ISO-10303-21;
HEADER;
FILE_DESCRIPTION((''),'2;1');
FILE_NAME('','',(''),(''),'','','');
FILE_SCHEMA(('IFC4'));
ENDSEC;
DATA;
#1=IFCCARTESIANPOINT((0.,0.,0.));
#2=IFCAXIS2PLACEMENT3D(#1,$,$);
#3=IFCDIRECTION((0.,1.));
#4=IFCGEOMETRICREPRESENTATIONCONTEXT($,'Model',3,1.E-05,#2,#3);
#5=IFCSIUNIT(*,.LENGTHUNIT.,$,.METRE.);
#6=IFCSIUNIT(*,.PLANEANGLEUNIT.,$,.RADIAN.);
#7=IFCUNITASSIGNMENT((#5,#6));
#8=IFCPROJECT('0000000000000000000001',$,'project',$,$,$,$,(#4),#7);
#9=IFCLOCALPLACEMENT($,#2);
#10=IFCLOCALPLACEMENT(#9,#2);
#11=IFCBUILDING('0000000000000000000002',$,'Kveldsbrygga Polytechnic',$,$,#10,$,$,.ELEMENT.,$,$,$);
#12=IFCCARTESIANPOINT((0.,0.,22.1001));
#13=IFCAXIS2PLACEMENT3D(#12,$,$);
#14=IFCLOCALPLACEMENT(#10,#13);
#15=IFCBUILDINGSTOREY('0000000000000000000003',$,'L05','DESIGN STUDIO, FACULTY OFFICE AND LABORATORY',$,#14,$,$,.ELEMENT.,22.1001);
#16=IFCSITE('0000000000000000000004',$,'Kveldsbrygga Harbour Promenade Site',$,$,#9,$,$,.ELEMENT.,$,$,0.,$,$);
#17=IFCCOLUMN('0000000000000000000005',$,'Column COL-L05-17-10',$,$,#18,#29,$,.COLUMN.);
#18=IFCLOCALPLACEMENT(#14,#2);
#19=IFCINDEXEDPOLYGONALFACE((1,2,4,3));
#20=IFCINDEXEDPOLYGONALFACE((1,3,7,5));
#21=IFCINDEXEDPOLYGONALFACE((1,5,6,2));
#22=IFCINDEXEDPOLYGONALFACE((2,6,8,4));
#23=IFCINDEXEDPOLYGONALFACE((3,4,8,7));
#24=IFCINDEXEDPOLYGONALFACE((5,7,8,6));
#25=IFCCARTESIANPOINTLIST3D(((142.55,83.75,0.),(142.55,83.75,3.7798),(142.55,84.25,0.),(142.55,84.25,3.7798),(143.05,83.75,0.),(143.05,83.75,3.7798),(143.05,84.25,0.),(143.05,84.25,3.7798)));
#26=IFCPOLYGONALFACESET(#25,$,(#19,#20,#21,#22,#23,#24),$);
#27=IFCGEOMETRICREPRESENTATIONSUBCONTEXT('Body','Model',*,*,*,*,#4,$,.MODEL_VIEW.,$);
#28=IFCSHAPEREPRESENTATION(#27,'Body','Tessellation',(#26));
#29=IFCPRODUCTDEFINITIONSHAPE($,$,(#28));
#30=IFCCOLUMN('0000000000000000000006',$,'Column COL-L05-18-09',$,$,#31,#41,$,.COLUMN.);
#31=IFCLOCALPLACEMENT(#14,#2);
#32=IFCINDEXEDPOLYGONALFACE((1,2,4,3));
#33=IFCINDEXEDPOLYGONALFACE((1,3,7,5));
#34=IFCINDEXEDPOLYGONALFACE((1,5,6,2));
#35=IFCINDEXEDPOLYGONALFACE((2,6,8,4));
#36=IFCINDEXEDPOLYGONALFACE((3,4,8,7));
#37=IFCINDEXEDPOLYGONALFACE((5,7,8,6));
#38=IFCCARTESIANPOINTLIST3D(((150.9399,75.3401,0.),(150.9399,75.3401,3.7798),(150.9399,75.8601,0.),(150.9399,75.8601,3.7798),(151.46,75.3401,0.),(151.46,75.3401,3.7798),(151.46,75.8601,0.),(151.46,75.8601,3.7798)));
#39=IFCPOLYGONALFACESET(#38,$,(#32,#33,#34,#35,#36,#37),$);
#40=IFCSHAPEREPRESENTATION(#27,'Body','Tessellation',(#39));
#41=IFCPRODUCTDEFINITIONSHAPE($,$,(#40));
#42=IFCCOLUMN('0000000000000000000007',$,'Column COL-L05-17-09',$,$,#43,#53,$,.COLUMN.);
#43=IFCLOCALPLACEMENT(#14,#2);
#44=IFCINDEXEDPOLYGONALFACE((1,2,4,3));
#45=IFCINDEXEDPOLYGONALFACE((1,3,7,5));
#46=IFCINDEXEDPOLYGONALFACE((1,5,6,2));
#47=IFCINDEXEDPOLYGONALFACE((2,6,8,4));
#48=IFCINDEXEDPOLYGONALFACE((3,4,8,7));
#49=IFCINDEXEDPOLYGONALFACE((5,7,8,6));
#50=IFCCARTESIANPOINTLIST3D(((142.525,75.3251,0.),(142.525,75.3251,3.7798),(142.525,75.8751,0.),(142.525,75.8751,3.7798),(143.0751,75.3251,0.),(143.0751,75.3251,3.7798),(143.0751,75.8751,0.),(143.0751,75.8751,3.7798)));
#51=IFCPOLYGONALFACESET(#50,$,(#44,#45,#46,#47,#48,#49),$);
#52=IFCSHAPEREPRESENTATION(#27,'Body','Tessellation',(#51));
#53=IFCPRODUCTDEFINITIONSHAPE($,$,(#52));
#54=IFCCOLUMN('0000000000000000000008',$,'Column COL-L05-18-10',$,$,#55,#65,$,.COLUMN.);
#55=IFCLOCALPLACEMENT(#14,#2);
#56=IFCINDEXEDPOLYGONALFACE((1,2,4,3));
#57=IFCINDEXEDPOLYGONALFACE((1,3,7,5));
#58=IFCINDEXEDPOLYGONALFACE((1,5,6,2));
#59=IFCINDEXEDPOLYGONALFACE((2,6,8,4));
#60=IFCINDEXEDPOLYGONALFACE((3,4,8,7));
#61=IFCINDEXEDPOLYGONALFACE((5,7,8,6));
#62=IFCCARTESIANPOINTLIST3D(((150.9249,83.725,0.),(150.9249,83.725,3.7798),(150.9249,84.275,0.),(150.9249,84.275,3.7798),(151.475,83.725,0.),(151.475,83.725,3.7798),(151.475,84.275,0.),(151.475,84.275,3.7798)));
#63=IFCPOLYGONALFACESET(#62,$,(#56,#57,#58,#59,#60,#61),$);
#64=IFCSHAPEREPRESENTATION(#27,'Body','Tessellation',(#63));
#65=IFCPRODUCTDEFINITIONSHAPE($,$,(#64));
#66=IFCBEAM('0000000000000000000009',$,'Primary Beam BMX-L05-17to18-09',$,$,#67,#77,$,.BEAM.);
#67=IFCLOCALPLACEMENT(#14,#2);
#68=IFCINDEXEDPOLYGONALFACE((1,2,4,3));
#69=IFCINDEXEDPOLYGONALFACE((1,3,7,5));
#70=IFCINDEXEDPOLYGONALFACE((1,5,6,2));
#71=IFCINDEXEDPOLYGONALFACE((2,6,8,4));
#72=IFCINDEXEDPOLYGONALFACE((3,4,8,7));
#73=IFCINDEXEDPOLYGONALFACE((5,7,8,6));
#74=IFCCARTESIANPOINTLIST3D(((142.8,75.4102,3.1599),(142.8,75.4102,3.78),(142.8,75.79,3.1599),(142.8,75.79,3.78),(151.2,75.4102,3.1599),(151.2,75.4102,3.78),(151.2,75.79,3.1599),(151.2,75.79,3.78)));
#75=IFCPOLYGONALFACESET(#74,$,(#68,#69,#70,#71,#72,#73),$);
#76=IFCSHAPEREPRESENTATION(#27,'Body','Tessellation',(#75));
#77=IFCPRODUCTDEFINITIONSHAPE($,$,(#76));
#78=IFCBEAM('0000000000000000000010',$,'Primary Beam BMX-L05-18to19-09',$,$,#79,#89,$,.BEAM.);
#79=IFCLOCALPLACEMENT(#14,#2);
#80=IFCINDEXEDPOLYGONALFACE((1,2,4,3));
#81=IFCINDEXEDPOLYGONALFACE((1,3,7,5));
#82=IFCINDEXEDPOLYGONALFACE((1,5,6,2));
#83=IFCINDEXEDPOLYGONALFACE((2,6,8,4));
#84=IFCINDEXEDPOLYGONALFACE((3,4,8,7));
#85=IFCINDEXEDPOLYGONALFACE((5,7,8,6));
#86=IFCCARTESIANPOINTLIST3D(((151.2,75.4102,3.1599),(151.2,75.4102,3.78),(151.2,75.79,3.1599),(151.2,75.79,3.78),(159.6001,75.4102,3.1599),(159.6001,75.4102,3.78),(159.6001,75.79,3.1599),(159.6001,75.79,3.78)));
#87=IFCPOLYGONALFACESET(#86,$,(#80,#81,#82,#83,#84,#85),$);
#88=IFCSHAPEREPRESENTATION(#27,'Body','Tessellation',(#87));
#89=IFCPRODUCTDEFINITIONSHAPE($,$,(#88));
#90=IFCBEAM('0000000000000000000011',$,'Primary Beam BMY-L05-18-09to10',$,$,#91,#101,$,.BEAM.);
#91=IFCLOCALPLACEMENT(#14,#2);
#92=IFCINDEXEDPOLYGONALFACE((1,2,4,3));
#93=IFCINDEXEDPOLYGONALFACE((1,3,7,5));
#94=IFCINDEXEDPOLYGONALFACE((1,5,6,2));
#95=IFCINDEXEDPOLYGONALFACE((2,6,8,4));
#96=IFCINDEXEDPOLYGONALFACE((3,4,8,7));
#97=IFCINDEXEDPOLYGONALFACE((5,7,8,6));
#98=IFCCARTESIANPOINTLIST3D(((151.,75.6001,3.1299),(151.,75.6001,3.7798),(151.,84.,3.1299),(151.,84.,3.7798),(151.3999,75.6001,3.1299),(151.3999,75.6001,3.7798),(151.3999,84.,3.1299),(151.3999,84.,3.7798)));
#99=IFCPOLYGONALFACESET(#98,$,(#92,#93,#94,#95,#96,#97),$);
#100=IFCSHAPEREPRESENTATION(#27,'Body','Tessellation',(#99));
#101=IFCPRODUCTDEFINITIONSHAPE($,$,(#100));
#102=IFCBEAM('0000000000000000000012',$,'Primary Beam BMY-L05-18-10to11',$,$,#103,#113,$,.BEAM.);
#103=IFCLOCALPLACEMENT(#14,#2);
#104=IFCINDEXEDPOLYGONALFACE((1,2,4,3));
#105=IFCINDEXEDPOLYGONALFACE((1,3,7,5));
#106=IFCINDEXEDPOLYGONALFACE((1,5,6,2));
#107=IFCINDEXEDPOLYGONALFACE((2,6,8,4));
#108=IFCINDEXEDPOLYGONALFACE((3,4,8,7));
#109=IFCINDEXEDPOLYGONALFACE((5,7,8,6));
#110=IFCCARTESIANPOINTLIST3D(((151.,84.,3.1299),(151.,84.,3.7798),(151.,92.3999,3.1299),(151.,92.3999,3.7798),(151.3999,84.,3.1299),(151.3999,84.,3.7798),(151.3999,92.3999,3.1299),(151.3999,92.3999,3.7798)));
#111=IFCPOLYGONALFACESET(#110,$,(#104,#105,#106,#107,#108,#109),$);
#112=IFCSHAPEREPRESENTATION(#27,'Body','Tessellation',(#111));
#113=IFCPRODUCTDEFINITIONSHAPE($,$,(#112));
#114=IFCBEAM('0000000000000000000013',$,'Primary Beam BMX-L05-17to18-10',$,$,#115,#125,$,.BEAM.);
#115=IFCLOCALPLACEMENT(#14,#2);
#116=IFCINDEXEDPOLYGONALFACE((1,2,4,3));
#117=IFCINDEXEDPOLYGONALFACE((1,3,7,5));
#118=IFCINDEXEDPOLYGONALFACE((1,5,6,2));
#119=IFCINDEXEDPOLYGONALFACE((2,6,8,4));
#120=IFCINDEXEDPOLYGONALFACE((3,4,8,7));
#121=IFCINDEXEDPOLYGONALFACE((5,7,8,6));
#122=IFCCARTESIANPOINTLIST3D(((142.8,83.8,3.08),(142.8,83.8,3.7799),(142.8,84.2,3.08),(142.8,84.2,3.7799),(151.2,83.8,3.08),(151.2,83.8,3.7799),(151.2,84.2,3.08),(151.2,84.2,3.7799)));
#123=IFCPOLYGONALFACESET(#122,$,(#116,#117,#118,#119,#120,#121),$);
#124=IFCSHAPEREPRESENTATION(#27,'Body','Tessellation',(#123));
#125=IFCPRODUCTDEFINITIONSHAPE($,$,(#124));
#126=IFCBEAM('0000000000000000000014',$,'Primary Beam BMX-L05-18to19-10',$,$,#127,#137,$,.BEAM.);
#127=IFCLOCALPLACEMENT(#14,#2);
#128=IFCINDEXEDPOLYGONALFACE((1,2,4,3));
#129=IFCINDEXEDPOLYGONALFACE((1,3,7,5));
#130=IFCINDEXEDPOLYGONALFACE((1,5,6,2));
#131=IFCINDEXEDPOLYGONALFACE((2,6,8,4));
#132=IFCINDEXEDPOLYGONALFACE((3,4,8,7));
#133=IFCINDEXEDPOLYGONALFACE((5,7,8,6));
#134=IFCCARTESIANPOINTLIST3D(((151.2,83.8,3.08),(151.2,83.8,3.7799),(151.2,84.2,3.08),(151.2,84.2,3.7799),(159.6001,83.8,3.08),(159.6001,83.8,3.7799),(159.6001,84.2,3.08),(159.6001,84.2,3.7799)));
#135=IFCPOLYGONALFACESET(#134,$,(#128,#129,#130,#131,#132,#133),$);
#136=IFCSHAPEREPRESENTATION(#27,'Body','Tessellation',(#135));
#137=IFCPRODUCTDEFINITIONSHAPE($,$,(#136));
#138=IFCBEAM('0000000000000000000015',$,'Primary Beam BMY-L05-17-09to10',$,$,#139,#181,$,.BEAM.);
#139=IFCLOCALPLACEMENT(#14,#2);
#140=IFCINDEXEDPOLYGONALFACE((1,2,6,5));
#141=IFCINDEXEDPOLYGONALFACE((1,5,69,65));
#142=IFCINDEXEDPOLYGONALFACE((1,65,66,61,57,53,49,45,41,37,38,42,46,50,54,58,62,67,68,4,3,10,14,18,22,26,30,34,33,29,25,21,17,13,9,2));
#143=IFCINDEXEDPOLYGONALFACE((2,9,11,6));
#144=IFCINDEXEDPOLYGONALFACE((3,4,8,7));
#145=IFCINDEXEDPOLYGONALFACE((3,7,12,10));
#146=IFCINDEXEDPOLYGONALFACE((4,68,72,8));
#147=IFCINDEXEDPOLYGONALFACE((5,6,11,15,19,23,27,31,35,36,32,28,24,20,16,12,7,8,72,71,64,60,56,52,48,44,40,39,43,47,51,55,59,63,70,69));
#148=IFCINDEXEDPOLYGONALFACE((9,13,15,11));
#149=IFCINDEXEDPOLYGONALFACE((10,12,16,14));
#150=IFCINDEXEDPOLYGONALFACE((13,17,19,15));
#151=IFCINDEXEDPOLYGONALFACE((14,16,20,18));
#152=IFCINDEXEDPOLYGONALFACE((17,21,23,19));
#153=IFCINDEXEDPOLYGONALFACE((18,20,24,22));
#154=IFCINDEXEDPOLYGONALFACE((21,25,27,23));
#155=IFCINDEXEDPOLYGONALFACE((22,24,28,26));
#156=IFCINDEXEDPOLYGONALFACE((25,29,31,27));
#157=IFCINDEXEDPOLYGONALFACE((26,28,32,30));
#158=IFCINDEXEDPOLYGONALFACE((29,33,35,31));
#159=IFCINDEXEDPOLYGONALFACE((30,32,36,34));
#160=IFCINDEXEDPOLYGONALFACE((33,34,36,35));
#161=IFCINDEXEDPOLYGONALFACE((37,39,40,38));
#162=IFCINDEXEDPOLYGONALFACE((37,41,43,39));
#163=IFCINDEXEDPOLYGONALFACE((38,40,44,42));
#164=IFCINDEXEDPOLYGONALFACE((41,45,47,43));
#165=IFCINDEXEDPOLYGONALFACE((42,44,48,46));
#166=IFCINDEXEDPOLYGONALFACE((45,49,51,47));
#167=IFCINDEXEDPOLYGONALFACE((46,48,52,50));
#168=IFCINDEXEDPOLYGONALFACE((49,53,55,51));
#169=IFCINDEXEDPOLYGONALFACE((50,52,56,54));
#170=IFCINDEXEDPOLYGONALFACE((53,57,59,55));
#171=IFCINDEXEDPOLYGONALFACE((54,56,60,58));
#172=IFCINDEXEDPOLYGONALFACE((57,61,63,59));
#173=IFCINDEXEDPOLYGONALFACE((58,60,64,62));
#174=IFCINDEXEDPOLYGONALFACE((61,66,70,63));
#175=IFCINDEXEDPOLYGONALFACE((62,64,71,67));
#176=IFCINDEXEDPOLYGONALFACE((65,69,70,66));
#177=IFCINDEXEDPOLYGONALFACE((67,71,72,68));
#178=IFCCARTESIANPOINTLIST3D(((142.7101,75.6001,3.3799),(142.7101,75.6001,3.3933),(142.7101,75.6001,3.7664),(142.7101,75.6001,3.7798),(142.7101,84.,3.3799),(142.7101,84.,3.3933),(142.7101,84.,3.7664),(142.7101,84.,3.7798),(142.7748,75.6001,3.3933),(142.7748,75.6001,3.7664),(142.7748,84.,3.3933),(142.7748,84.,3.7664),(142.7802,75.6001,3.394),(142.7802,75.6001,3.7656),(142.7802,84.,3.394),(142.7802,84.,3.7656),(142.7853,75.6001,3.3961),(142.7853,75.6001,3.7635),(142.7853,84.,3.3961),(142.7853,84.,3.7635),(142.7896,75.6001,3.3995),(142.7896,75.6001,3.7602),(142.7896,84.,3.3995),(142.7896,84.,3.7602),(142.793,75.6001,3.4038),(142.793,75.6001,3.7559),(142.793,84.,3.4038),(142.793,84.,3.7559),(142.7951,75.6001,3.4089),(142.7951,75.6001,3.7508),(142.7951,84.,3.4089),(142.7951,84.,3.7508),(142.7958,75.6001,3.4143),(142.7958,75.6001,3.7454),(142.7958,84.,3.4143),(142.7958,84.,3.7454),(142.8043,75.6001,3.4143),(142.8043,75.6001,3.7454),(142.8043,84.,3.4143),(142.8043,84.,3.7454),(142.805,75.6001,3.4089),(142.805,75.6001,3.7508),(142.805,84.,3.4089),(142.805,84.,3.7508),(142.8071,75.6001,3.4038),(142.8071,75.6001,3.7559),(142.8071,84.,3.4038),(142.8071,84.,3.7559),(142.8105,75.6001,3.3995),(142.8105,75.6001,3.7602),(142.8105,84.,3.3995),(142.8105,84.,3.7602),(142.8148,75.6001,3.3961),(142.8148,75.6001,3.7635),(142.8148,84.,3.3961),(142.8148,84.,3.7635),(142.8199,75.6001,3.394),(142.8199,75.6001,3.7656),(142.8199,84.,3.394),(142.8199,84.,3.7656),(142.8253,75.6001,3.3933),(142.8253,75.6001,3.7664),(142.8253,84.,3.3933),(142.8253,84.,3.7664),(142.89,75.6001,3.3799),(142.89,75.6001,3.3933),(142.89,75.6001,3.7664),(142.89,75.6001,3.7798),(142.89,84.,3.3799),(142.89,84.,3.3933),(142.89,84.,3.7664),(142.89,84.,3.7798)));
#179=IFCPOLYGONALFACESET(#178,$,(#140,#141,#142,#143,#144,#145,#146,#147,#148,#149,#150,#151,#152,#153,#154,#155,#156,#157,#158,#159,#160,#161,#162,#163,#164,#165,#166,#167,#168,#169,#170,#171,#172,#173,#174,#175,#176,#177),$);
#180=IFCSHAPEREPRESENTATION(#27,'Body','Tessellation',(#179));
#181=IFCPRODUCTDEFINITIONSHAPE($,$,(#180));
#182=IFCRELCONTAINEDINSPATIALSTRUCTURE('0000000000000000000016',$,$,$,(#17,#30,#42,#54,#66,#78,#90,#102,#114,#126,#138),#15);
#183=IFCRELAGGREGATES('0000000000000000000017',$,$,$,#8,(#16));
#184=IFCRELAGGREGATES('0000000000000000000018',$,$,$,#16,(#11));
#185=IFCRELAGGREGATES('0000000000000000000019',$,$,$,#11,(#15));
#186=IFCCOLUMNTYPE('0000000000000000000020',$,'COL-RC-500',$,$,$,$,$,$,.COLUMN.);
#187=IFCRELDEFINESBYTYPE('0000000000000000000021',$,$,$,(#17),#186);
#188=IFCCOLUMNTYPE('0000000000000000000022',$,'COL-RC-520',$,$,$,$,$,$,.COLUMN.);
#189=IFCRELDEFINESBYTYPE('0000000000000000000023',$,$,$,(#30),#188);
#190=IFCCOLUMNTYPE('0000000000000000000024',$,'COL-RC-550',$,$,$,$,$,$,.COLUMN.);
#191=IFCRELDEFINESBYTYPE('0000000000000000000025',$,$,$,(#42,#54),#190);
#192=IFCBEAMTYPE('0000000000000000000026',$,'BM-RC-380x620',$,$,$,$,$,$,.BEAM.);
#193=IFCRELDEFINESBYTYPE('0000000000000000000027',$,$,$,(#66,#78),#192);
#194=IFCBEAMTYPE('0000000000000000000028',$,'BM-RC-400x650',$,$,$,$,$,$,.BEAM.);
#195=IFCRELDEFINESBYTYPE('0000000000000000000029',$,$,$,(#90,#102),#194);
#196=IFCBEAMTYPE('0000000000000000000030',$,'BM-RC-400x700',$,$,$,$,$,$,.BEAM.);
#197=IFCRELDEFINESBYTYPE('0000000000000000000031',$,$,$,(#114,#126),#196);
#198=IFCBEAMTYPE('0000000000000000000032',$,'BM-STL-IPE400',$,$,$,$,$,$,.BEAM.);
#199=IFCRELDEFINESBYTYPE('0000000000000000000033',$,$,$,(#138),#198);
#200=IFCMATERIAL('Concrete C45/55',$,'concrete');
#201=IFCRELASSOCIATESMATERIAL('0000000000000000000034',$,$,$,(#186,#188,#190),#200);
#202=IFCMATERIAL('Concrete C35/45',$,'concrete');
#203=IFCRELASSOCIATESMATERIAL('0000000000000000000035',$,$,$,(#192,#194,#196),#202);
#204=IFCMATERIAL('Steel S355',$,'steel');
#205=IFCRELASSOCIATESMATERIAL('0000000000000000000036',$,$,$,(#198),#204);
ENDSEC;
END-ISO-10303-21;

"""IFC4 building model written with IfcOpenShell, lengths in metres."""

from ifc_helpers import new_model, si_unit, direction, frame, origin, origin_2d, place, context, subcontext, project, spatial, rectangle, i_section, extrude, material, material_profile, profile_set, type_object, element, save


model = new_model("IFC4")

# Units and contexts
model_context = context("Model", 3, precision=1e-05, world=origin(), true_north=direction((0.0, 1.0)))
body_context = subcontext(model_context, "Body", "Model", "MODEL_VIEW")
ifc_project = project(units=[si_unit("LENGTHUNIT", "METRE"), si_unit("PLANEANGLEUNIT", "RADIAN")], contexts=[model_context])

# Site, building, storey
site_placement = place(None, origin())
site = spatial("IfcSite", under=ifc_project, at=site_placement, Name="Kveldsbrygga Harbour Promenade Site", CompositionType="ELEMENT", RefElevation=0.0)
building_placement = place(site_placement, origin())
building = spatial("IfcBuilding", under=site, at=building_placement, Name="Kveldsbrygga Polytechnic", CompositionType="ELEMENT")
storey_placement = place(building_placement, frame((0.0, 0.0, 22.1001)))
storey = spatial("IfcBuildingStorey", under=building, at=storey_placement, Name="L05", Description="DESIGN STUDIO, FACULTY OFFICE AND LABORATORY", CompositionType="ELEMENT", Elevation=22.1001)

# Columns
ifc_material_1 = material(Name="Concrete C45/55", Category="concrete")
ifc_material_profile_1 = material_profile(ifc_material_1, rectangle(XDim=0.5, YDim=0.5, at=origin_2d()), Name="RC 500x500")
ifc_profile_set_1 = profile_set([ifc_material_profile_1], Name="Concrete C45/55")
column_type_1 = type_object("IfcColumnType", Name="COL-RC-500", PredefinedType="COLUMN", material=ifc_profile_set_1)
column_1_placement = place(storey_placement, frame((142.8, 84.0, 0.0), z_axis=(0.0, 0.0, 1.0), x_axis=(1.0, 0.0, 0.0)))
element("IfcColumn", 1, at=column_1_placement, inside=storey, type_object=column_type_1, Name="Column COL-L05-17-10", PredefinedType="COLUMN", context=body_context, shape_type="SweptSolid", body=[
    extrude(rectangle(XDim=0.5, YDim=0.5, at=origin_2d()), origin(), (0.0, 0.0, 1.0), 3.7798),
])
ifc_material_profile_2 = material_profile(ifc_material_1, rectangle(XDim=0.52, YDim=0.52, at=origin_2d()), Name="RC 520x520")
ifc_profile_set_2 = profile_set([ifc_material_profile_2], Name="Concrete C45/55")
column_type_2 = type_object("IfcColumnType", Name="COL-RC-520", PredefinedType="COLUMN", material=ifc_profile_set_2)
column_2_placement = place(storey_placement, frame((151.2, 75.6001, 0.0), z_axis=(0.0, 0.0, 1.0), x_axis=(1.0, 0.0, 0.0)))
element("IfcColumn", 2, at=column_2_placement, inside=storey, type_object=column_type_2, Name="Column COL-L05-18-09", PredefinedType="COLUMN", context=body_context, shape_type="SweptSolid", body=[
    extrude(rectangle(XDim=0.52, YDim=0.52, at=origin_2d()), origin(), (0.0, 0.0, 1.0), 3.7798),
])
ifc_material_profile_3 = material_profile(ifc_material_1, rectangle(XDim=0.55, YDim=0.55, at=origin_2d()), Name="RC 550x550")
ifc_profile_set_3 = profile_set([ifc_material_profile_3], Name="Concrete C45/55")
column_type_3 = type_object("IfcColumnType", Name="COL-RC-550", PredefinedType="COLUMN", material=ifc_profile_set_3)
for number, where, z_axis, x_axis, name in (
    (3, (142.8, 75.6001, 0.0), (0.0, 0.0, 1.0), (1.0, 0.0, 0.0), "Column COL-L05-17-09"),
    (4, (151.2, 84.0, 0.0), (0.0, 0.0, 1.0), (1.0, 0.0, 0.0), "Column COL-L05-18-10"),
):
    element("IfcColumn", number, at=place(storey_placement, frame(where, z_axis=z_axis, x_axis=x_axis)), inside=storey, type_object=column_type_3, Name=name, PredefinedType="COLUMN", context=body_context, shape_type="SweptSolid", body=[
        extrude(rectangle(XDim=0.55, YDim=0.55, at=origin_2d()), origin(), (0.0, 0.0, 1.0), 3.7798),
    ])

# Beams
ifc_material_2 = material(Name="Concrete C35/45", Category="concrete")
ifc_material_profile_4 = material_profile(ifc_material_2, rectangle(XDim=0.3799, YDim=0.6201, at=origin_2d()), Name="RC 380x620")
ifc_profile_set_4 = profile_set([ifc_material_profile_4], Name="Concrete C35/45")
beam_type_1 = type_object("IfcBeamType", Name="BM-RC-380x620", PredefinedType="BEAM", material=ifc_profile_set_4)
beam_1_placement = place(storey_placement, frame((142.8, 75.6001, 3.47), z_axis=(1.0, 0.0, 0.0), x_axis=(0.0, 1.0, 0.0)))
element("IfcBeam", 5, at=beam_1_placement, inside=storey, type_object=beam_type_1, Name="Primary Beam BMX-L05-17to18-09", PredefinedType="BEAM", context=body_context, shape_type="SweptSolid", body=[
    extrude(rectangle(XDim=0.3799, YDim=0.6201, at=origin_2d()), origin(), (0.0, 0.0, 1.0), 8.3999),
])
beam_2_placement = place(storey_placement, frame((151.2, 75.6001, 3.47), z_axis=(1.0, 0.0, 0.0), x_axis=(0.0, 1.0, 0.0)))
element("IfcBeam", 6, at=beam_2_placement, inside=storey, type_object=beam_type_1, Name="Primary Beam BMX-L05-18to19-09", PredefinedType="BEAM", context=body_context, shape_type="SweptSolid", body=[
    extrude(rectangle(XDim=0.3799, YDim=0.6201, at=origin_2d()), origin(), (0.0, 0.0, 1.0), 8.4001),
])
ifc_material_profile_5 = material_profile(ifc_material_2, rectangle(XDim=0.3999, YDim=0.6499, at=origin_2d()), Name="RC 400x650")
ifc_profile_set_5 = profile_set([ifc_material_profile_5], Name="Concrete C35/45")
beam_type_2 = type_object("IfcBeamType", Name="BM-RC-400x650", PredefinedType="BEAM", material=ifc_profile_set_5)
for number, where, z_axis, x_axis, name in (
    (7, (151.2, 75.6001, 3.4548), (0.0, 1.0, 0.0), (-1.0, 0.0, 0.0), "Primary Beam BMY-L05-18-09to10"),
    (8, (151.2, 84.0, 3.4548), (0.0, 1.0, 0.0), (-1.0, 0.0, 0.0), "Primary Beam BMY-L05-18-10to11"),
):
    element("IfcBeam", number, at=place(storey_placement, frame(where, z_axis=z_axis, x_axis=x_axis)), inside=storey, type_object=beam_type_2, Name=name, PredefinedType="BEAM", context=body_context, shape_type="SweptSolid", body=[
        extrude(rectangle(XDim=0.3999, YDim=0.6499, at=origin_2d()), origin(), (0.0, 0.0, 1.0), 8.3999),
    ])
ifc_material_profile_6 = material_profile(ifc_material_2, rectangle(XDim=0.3999, YDim=0.7, at=origin_2d()), Name="RC 400x700")
ifc_profile_set_6 = profile_set([ifc_material_profile_6], Name="Concrete C35/45")
beam_type_3 = type_object("IfcBeamType", Name="BM-RC-400x700", PredefinedType="BEAM", material=ifc_profile_set_6)
beam_3_placement = place(storey_placement, frame((142.8, 84.0, 3.4299), z_axis=(1.0, 0.0, 0.0), x_axis=(0.0, 1.0, 0.0)))
element("IfcBeam", 9, at=beam_3_placement, inside=storey, type_object=beam_type_3, Name="Primary Beam BMX-L05-17to18-10", PredefinedType="BEAM", context=body_context, shape_type="SweptSolid", body=[
    extrude(rectangle(XDim=0.3999, YDim=0.7, at=origin_2d()), origin(), (0.0, 0.0, 1.0), 8.3999),
])
beam_4_placement = place(storey_placement, frame((151.2, 84.0, 3.4299), z_axis=(1.0, 0.0, 0.0), x_axis=(0.0, 1.0, 0.0)))
element("IfcBeam", 10, at=beam_4_placement, inside=storey, type_object=beam_type_3, Name="Primary Beam BMX-L05-18to19-10", PredefinedType="BEAM", context=body_context, shape_type="SweptSolid", body=[
    extrude(rectangle(XDim=0.3999, YDim=0.7, at=origin_2d()), origin(), (0.0, 0.0, 1.0), 8.4001),
])
ifc_material_3 = material(Name="Steel S355", Category="steel")
ifc_material_profile_7 = material_profile(ifc_material_3, i_section(OverallWidth=0.1799, OverallDepth=0.3999, WebThickness=0.0085, FlangeThickness=0.0134, FilletRadius=0.021, at=origin_2d()), Name="IPE 400")
ifc_profile_set_7 = profile_set([ifc_material_profile_7], Name="Steel S355")
beam_type_4 = type_object("IfcBeamType", Name="BM-STL-IPE400", PredefinedType="BEAM", material=ifc_profile_set_7)
for number, where, z_axis, x_axis, name in (
    (11, (142.8, 75.6001, 3.5798), (0.0, 1.0, 0.0), (-1.0, 0.0, 0.0), "Primary Beam BMY-L05-17-09to10"),
):
    element("IfcBeam", number, at=place(storey_placement, frame(where, z_axis=z_axis, x_axis=x_axis)), inside=storey, type_object=beam_type_4, Name=name, PredefinedType="BEAM", context=body_context, shape_type="SweptSolid", body=[
        extrude(i_section(OverallWidth=0.1799, OverallDepth=0.3999, WebThickness=0.0085, FlangeThickness=0.0134, FilletRadius=0.021, at=origin_2d()), origin(), (0.0, 0.0, 1.0), 8.3999),
    ])

save(model, "model.ifc")
